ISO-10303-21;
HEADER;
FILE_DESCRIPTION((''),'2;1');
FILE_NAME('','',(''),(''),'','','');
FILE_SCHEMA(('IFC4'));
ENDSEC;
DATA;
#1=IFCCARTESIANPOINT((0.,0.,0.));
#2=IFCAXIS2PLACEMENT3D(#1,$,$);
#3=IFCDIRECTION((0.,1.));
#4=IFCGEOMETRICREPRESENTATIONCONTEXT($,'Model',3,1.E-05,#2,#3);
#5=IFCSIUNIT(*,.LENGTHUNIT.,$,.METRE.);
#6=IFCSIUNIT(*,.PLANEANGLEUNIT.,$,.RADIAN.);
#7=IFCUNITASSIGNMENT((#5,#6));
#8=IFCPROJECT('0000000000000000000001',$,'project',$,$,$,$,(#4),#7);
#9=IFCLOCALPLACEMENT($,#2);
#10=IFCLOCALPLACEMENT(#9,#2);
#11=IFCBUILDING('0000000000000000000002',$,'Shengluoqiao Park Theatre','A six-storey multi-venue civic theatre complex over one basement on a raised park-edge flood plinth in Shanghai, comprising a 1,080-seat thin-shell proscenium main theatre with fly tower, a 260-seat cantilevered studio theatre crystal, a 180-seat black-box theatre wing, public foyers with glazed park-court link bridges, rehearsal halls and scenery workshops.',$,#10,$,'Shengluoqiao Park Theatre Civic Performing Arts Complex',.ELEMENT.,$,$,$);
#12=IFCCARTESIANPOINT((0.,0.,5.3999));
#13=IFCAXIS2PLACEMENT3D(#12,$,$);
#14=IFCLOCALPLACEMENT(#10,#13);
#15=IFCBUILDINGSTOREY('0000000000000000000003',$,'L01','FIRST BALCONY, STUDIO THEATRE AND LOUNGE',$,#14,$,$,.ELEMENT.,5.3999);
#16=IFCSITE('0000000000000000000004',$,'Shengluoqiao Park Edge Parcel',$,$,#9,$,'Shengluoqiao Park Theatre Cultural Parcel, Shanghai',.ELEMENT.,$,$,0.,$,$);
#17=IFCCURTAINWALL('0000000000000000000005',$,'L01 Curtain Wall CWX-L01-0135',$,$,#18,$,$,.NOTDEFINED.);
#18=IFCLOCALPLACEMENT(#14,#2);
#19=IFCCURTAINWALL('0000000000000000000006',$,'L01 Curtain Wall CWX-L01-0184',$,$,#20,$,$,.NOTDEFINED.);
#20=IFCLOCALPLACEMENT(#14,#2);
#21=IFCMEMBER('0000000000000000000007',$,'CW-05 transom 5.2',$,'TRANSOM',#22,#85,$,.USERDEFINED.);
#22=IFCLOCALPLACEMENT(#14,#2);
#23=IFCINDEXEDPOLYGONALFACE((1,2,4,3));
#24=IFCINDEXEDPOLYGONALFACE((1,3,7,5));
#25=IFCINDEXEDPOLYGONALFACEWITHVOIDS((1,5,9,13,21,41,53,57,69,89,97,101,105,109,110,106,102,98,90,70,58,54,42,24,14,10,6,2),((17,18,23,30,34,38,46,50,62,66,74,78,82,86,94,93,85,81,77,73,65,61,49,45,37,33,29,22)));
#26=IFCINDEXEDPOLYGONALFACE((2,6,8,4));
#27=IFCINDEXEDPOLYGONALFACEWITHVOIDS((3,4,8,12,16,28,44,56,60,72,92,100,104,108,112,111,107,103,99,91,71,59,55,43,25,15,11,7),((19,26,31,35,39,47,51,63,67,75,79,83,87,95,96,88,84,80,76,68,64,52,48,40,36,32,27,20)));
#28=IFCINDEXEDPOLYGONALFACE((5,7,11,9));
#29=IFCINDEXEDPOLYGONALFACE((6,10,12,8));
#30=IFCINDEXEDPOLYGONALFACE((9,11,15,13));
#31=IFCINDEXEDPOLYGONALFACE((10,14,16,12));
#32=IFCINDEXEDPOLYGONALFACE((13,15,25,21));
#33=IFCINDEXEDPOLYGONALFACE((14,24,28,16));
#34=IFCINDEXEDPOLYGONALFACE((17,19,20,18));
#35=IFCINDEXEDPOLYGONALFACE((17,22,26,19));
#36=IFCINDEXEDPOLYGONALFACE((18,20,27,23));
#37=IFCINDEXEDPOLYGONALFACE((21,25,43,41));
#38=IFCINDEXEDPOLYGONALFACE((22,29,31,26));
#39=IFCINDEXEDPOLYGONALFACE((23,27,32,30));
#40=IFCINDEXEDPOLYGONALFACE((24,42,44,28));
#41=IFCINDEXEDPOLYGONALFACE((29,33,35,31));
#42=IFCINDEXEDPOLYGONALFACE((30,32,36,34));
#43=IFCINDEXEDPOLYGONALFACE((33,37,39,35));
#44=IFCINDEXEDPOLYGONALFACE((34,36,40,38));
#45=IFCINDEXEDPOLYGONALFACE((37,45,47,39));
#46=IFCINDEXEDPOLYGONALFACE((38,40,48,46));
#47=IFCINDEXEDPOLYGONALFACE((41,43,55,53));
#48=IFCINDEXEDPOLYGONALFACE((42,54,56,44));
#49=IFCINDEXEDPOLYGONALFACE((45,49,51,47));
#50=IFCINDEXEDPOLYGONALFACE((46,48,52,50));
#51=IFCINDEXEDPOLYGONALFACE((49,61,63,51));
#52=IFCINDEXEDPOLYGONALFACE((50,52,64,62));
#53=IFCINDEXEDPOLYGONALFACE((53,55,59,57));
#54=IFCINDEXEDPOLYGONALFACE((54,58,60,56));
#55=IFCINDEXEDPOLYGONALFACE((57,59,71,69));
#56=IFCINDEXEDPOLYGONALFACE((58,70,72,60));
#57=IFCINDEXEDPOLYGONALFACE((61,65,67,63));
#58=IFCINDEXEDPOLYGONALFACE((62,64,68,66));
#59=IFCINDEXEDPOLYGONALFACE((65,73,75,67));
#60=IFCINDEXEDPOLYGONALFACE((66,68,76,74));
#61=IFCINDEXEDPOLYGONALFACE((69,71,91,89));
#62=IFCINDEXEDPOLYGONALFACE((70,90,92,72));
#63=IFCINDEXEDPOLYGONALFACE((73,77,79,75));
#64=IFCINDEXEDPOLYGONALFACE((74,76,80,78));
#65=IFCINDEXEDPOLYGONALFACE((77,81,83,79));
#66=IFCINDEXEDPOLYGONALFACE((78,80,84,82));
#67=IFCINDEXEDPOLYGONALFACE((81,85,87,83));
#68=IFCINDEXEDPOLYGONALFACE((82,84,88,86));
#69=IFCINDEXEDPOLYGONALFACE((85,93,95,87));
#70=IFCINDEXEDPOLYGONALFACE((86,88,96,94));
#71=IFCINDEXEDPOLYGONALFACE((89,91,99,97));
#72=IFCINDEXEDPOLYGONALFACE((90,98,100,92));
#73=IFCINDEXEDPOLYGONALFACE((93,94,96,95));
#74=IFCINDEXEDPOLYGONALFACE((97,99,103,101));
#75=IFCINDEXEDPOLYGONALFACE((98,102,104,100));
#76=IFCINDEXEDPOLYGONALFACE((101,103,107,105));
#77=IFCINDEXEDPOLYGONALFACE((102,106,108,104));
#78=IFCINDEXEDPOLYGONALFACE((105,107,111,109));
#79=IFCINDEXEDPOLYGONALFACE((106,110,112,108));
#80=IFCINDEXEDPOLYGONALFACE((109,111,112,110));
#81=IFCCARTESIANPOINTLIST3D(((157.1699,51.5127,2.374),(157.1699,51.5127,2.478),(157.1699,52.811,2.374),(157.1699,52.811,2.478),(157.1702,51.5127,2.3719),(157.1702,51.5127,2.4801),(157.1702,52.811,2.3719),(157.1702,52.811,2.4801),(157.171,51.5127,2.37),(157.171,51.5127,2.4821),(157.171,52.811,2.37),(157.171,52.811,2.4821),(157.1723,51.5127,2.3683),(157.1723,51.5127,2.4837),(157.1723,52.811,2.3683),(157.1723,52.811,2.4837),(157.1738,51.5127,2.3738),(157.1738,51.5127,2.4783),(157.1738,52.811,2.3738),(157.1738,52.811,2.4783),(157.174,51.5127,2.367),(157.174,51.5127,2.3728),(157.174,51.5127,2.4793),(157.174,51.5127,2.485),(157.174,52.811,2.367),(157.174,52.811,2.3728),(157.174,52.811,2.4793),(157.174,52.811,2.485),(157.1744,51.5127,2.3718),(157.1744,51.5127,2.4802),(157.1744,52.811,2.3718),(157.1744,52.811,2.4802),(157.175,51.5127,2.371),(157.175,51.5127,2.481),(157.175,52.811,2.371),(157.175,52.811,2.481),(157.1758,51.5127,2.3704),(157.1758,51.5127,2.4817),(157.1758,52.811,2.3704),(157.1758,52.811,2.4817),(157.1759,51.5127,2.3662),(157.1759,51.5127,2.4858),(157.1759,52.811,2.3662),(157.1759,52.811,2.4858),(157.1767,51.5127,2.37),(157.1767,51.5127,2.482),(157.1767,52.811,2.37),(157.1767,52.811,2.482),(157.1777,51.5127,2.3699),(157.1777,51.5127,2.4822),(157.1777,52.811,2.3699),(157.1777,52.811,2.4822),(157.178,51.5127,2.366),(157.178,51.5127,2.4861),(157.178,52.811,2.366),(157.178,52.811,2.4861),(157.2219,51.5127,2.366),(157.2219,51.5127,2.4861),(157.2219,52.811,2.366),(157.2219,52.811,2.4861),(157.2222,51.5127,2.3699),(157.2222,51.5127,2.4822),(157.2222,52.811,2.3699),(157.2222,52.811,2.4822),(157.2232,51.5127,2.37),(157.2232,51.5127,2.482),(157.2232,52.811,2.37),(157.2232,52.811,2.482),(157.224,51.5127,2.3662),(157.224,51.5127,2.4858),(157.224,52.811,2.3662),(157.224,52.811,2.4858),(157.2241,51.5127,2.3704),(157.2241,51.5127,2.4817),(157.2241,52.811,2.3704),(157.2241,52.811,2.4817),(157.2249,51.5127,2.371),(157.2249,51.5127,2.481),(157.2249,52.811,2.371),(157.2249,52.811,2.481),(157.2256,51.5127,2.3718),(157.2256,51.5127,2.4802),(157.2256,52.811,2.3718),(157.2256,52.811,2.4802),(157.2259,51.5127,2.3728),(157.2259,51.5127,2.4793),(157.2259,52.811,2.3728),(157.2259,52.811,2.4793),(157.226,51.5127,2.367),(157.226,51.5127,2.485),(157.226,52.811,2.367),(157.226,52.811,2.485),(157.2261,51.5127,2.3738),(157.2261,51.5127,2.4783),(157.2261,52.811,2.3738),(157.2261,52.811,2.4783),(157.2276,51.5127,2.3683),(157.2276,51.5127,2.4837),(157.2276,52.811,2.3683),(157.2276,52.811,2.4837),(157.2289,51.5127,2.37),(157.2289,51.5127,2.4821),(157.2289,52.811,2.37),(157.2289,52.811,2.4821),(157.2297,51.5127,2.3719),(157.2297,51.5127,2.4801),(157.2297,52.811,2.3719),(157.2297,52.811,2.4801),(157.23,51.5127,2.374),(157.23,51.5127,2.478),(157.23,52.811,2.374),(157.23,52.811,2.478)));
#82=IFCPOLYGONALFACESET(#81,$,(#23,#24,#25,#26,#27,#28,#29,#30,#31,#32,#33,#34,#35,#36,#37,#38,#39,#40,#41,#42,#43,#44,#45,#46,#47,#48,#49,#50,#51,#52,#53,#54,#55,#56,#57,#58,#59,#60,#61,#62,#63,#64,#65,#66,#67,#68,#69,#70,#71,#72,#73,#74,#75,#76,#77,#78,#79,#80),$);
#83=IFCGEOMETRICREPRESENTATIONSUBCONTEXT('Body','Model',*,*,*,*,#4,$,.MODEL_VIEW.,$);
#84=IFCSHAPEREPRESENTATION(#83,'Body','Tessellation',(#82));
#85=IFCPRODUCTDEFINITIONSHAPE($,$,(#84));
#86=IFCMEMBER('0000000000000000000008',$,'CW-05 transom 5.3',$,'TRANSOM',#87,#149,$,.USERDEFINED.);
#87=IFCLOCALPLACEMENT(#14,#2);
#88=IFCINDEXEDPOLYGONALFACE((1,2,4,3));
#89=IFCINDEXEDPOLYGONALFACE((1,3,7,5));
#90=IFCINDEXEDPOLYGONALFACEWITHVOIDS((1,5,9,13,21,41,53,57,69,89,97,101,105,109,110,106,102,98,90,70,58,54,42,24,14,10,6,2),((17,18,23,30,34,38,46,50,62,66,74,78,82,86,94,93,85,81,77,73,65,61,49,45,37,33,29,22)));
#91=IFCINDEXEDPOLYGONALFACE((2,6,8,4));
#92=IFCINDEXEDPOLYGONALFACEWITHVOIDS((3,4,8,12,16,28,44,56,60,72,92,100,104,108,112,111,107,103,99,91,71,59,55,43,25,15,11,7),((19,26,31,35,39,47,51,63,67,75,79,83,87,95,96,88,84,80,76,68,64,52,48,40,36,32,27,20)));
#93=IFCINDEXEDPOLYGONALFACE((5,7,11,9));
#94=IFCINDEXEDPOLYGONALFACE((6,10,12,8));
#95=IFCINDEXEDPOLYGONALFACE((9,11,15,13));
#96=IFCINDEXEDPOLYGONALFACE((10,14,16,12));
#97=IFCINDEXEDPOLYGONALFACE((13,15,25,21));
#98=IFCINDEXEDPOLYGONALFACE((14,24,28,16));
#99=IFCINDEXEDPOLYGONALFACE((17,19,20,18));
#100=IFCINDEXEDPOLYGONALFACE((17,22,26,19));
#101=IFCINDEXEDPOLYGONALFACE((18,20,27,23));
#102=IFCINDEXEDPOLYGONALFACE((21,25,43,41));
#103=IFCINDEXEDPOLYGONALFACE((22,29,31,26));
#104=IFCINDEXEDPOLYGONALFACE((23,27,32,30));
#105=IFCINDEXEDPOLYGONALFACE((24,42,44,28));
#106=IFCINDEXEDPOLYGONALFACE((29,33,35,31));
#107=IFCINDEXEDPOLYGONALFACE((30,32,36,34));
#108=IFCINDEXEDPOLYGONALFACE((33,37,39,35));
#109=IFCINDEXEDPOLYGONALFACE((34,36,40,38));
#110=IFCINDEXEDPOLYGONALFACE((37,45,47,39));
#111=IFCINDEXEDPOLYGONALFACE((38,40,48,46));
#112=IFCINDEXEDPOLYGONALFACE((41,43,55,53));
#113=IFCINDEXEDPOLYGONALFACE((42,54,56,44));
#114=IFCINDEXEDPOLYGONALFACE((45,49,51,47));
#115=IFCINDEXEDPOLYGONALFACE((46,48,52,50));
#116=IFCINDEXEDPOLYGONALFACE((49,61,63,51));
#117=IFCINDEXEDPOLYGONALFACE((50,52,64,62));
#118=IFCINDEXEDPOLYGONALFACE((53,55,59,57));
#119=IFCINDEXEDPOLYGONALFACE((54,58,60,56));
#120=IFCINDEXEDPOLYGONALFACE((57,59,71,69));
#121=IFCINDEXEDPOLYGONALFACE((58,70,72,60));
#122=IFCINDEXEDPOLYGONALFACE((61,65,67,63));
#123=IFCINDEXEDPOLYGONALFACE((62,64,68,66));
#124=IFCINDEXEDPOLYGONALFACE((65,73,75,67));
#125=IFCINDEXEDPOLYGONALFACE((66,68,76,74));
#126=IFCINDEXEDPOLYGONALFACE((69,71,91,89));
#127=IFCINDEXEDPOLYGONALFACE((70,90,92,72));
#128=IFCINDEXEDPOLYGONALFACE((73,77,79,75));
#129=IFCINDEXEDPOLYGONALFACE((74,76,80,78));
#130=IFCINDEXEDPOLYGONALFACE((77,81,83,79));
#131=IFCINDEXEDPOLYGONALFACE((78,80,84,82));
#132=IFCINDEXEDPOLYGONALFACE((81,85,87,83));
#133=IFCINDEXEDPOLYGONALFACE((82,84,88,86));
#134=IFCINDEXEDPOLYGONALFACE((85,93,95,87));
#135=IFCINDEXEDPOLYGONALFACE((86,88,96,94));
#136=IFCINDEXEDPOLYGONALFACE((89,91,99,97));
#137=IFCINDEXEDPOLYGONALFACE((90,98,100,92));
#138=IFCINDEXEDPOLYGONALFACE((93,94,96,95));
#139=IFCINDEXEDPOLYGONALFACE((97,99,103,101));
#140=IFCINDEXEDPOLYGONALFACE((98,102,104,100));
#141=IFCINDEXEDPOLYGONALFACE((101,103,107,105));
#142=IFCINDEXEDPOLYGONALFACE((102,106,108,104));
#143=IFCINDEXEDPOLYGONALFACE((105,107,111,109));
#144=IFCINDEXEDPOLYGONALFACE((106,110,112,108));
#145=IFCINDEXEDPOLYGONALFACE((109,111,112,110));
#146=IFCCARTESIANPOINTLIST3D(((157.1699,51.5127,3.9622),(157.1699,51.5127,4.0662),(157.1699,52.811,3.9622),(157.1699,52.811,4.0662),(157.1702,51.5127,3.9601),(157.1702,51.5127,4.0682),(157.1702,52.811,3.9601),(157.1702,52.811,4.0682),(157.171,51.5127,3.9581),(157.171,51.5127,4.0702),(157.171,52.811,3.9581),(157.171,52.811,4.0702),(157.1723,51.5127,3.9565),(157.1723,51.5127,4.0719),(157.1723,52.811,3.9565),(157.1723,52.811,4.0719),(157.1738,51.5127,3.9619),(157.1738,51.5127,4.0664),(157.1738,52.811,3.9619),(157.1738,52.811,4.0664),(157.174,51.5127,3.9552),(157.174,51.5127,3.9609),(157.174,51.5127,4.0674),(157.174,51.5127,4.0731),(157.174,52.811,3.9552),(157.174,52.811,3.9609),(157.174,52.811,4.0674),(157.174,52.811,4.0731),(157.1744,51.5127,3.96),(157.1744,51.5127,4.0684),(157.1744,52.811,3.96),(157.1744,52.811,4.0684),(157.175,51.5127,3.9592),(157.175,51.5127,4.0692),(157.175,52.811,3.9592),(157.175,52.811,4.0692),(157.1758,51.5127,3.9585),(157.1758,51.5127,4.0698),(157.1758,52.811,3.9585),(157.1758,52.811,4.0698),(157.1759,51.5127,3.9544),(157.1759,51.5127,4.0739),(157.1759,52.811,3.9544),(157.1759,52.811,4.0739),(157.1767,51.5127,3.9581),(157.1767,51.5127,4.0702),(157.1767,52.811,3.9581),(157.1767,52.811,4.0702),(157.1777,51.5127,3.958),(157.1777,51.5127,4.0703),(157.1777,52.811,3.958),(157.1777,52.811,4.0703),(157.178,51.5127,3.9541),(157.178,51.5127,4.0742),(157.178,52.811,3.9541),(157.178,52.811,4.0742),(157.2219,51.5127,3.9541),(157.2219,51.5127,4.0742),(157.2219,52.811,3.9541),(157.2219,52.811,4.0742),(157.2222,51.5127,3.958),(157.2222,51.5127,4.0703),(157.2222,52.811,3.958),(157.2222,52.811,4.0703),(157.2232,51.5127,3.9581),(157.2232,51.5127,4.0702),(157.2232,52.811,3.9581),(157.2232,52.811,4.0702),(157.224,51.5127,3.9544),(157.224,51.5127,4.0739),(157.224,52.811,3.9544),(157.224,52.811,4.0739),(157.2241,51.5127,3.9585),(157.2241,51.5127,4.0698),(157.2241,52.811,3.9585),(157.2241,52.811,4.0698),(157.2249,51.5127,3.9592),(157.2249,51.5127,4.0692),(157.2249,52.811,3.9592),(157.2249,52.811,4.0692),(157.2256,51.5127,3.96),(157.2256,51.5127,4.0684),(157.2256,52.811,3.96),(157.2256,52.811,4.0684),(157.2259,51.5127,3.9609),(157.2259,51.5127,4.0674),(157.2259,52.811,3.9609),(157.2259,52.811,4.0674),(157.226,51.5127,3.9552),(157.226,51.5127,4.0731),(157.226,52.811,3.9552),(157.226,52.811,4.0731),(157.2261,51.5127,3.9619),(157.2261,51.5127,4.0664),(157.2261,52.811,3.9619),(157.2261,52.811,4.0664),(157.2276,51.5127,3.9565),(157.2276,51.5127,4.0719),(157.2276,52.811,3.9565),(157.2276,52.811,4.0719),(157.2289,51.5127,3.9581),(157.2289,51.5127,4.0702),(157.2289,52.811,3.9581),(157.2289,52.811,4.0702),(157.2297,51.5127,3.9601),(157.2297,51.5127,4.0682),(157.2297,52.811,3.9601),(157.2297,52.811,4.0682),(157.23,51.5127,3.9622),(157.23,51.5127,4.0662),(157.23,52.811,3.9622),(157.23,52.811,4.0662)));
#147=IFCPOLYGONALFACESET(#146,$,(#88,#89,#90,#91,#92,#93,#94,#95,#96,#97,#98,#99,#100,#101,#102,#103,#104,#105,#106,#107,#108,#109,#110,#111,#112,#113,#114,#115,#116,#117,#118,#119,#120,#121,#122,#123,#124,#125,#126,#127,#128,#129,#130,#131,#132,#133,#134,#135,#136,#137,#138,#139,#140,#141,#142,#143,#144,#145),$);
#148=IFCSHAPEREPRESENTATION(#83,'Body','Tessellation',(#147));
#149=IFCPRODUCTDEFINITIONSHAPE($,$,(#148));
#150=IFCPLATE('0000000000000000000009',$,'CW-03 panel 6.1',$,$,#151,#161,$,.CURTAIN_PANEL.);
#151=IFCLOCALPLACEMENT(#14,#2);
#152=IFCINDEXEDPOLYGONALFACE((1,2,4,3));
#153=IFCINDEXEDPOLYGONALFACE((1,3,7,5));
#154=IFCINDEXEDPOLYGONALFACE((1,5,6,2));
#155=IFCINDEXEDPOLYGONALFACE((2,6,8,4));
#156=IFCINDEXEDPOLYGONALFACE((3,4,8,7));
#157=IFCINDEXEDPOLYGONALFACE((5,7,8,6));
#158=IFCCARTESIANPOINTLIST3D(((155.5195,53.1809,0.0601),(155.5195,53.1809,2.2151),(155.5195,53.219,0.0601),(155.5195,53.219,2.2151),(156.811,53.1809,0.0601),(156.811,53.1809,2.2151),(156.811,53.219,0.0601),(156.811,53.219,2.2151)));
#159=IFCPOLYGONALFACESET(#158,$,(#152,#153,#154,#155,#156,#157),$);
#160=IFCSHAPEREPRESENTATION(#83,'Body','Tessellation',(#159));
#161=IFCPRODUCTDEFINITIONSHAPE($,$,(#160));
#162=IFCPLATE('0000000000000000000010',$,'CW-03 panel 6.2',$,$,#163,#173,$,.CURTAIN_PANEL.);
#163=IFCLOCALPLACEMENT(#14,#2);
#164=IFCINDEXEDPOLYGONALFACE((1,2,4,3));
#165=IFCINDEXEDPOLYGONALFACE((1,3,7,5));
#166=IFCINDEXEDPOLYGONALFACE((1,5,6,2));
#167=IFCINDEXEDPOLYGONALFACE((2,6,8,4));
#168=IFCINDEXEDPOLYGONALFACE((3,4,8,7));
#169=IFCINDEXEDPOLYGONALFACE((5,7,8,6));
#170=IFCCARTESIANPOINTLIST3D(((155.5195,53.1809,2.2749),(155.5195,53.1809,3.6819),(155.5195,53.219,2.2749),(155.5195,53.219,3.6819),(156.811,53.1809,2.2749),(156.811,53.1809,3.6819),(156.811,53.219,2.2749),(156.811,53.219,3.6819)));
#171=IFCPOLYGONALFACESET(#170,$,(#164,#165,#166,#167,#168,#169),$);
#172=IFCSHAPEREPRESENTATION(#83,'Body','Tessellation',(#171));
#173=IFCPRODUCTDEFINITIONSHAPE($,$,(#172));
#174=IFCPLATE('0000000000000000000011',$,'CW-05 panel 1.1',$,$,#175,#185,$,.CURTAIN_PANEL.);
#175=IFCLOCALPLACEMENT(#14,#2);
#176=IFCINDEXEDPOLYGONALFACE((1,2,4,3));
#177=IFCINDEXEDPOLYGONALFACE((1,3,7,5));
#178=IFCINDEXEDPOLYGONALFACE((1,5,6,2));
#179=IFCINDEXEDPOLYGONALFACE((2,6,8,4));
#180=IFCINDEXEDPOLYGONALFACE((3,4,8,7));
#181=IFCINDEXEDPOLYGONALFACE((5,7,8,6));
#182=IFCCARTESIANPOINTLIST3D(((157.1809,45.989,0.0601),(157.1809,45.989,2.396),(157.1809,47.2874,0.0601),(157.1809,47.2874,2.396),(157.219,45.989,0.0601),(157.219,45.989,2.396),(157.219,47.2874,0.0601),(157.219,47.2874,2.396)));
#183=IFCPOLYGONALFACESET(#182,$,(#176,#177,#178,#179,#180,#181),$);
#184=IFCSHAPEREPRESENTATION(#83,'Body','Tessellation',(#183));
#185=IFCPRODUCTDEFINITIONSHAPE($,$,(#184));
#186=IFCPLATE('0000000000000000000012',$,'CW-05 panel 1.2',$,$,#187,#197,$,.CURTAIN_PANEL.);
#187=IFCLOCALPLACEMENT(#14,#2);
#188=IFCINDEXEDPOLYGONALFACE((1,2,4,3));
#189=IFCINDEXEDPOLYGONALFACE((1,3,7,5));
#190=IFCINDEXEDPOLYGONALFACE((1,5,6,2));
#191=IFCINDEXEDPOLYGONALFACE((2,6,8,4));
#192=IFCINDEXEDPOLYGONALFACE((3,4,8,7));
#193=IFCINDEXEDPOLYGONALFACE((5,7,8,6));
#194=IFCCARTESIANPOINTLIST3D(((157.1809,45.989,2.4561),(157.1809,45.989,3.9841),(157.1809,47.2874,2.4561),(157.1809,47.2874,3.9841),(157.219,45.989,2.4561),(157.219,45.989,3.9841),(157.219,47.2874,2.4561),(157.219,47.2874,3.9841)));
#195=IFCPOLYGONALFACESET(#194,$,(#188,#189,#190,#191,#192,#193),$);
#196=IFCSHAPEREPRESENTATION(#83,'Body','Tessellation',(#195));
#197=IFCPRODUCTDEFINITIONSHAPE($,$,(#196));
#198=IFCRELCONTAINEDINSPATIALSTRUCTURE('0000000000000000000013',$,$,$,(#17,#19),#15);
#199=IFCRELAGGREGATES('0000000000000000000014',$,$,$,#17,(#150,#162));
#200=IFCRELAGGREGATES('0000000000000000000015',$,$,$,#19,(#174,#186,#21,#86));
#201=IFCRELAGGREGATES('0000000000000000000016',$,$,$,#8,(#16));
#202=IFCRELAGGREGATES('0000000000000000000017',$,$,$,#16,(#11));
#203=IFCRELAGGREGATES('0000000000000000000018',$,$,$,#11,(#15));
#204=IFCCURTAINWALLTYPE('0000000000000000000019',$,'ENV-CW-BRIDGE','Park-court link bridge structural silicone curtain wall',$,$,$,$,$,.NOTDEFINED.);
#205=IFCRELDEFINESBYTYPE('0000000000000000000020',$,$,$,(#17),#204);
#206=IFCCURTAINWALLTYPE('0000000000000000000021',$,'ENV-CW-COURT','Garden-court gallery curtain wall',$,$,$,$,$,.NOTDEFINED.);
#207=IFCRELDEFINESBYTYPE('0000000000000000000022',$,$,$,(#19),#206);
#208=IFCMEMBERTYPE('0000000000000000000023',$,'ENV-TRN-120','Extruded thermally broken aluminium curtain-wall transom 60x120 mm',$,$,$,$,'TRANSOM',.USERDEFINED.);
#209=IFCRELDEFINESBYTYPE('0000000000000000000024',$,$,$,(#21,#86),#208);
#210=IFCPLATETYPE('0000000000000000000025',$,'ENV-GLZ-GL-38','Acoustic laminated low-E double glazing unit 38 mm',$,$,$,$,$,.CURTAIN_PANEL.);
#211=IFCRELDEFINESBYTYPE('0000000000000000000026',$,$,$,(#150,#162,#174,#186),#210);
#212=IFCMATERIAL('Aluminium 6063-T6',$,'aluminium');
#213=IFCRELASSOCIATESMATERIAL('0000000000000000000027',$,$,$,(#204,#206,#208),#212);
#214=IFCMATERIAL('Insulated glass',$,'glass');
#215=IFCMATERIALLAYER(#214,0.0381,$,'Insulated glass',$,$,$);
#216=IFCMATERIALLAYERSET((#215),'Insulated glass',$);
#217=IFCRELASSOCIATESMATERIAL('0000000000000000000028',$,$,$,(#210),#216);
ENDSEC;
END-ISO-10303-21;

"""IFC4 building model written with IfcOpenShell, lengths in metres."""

from ifc_helpers import new_model, si_unit, direction, frame, origin, origin_2d, place, context, subcontext, project, spatial, rectangle, hollow_rectangle, extrude, material, layer, layer_set, material_profile, profile_set, type_object, element, aggregate, save


model = new_model("IFC4")

# Units and contexts
model_context = context("Model", 3, precision=1e-05, world=origin(), true_north=direction((0.0, 1.0)))
body_context = subcontext(model_context, "Body", "Model", "MODEL_VIEW")
ifc_project = project(units=[si_unit("LENGTHUNIT", "METRE"), si_unit("PLANEANGLEUNIT", "RADIAN")], contexts=[model_context])

# Site, building, storey
site_placement = place(None, origin())
site = spatial("IfcSite", under=ifc_project, at=site_placement, Name="Shengluoqiao Park Edge Parcel", LongName="Shengluoqiao Park Theatre Cultural Parcel, Shanghai", CompositionType="ELEMENT", RefElevation=0.0)
building_placement = place(site_placement, origin())
building = spatial("IfcBuilding", under=site, at=building_placement, Name="Shengluoqiao Park Theatre", Description="A six-storey multi-venue civic theatre complex over one basement on a raised park-edge flood plinth in Shanghai, comprising a 1,080-seat thin-shell proscenium main theatre with fly tower, a 260-seat cantilevered studio theatre crystal, a 180-seat black-box theatre wing, public foyers with glazed park-court link bridges, rehearsal halls and scenery workshops.", LongName="Shengluoqiao Park Theatre Civic Performing Arts Complex", CompositionType="ELEMENT")
storey_placement = place(building_placement, frame((0.0, 0.0, 5.3999)))
storey = spatial("IfcBuildingStorey", under=building, at=storey_placement, Name="L01", Description="FIRST BALCONY, STUDIO THEATRE AND LOUNGE", CompositionType="ELEMENT", Elevation=5.3999)

# Curtain wall
ifc_material_1 = material(Name="Aluminium 6063-T6", Category="aluminium")
curtain_wall_type_1 = type_object("IfcCurtainWallType", Name="ENV-CW-BRIDGE", Description="Park-court link bridge structural silicone curtain wall", PredefinedType="NOTDEFINED", material=ifc_material_1)
curtain_wall_1_placement = place(storey_placement, origin())
curtain_wall_1 = element("IfcCurtainWall", 1, at=curtain_wall_1_placement, inside=storey, type_object=curtain_wall_type_1, Name="L01 Curtain Wall CWX-L01-0135", PredefinedType="NOTDEFINED")

# Curtain wall
curtain_wall_type_2 = type_object("IfcCurtainWallType", Name="ENV-CW-COURT", Description="Garden-court gallery curtain wall", PredefinedType="NOTDEFINED", material=ifc_material_1)
curtain_wall_2_placement = place(storey_placement, origin())
curtain_wall_2 = element("IfcCurtainWall", 2, at=curtain_wall_2_placement, inside=storey, type_object=curtain_wall_type_2, Name="L01 Curtain Wall CWX-L01-0184", PredefinedType="NOTDEFINED")

# Members
ifc_material_profile_1 = material_profile(ifc_material_1, hollow_rectangle(XDim=0.0601, YDim=0.1201, WallThickness=0.0039, InnerFilletRadius=0.0039, OuterFilletRadius=0.0081, at=origin_2d()), Name="ALU TRANSOM 120x60x4")
ifc_profile_set_1 = profile_set([ifc_material_profile_1], Name="Aluminium 6063-T6")
member_type_1 = type_object("IfcMemberType", Name="ENV-TRN-120", Description="Extruded thermally broken aluminium curtain-wall transom 60x120 mm", ElementType="TRANSOM", PredefinedType="USERDEFINED", material=ifc_profile_set_1)
member_1_placement = place(storey_placement, frame((157.2, 51.5127, 2.426), z_axis=(0.0, 1.0, 0.0), x_axis=(-1.0, 0.0, 0.0)))
member_1 = element("IfcMember", 3, at=member_1_placement, type_object=member_type_1, Name="CW-05 transom 5.2", ObjectType="TRANSOM", PredefinedType="USERDEFINED", context=body_context, shape_type="SweptSolid", body=[
    extrude(hollow_rectangle(XDim=0.0601, YDim=0.1201, WallThickness=0.0039, InnerFilletRadius=0.0039, OuterFilletRadius=0.0081, at=origin_2d()), origin(), (0.0, 0.0, 1.0), 1.2983),
])
member_2_placement = place(storey_placement, frame((157.2, 51.5127, 4.0142), z_axis=(0.0, 1.0, 0.0), x_axis=(-1.0, 0.0, 0.0)))
member_2 = element("IfcMember", 4, at=member_2_placement, type_object=member_type_1, Name="CW-05 transom 5.3", ObjectType="TRANSOM", PredefinedType="USERDEFINED", context=body_context, shape_type="SweptSolid", body=[
    extrude(hollow_rectangle(XDim=0.0601, YDim=0.1201, WallThickness=0.0039, InnerFilletRadius=0.0039, OuterFilletRadius=0.0081, at=origin_2d()), origin(), (0.0, 0.0, 1.0), 1.2983),
])

# Plates
ifc_material_2 = material(Name="Insulated glass", Category="glass")
ifc_layer = layer(ifc_material_2, 0.0381, Name="Insulated glass")
ifc_layer_set = layer_set([ifc_layer], Name="Insulated glass")
plate_type = type_object("IfcPlateType", Name="ENV-GLZ-GL-38", Description="Acoustic laminated low-E double glazing unit 38 mm", PredefinedType="CURTAIN_PANEL", material=ifc_layer_set)
plate_1_placement = place(storey_placement, frame((156.1653, 53.2, 0.0601), z_axis=(0.0, 0.0, 1.0), x_axis=(1.0, 0.0, 0.0)))
plate_1 = element("IfcPlate", 5, at=plate_1_placement, type_object=plate_type, Name="CW-03 panel 6.1", PredefinedType="CURTAIN_PANEL", context=body_context, shape_type="SweptSolid", body=[
    extrude(rectangle(XDim=1.2915, YDim=0.0381, at=origin_2d()), origin(), (0.0, 0.0, 1.0), 2.155),
])
plate_2_placement = place(storey_placement, frame((156.1653, 53.2, 2.2749), z_axis=(0.0, 0.0, 1.0), x_axis=(1.0, 0.0, 0.0)))
plate_2 = element("IfcPlate", 6, at=plate_2_placement, type_object=plate_type, Name="CW-03 panel 6.2", PredefinedType="CURTAIN_PANEL", context=body_context, shape_type="SweptSolid", body=[
    extrude(rectangle(XDim=1.2915, YDim=0.0381, at=origin_2d()), origin(), (0.0, 0.0, 1.0), 1.407),
])
aggregate(curtain_wall_1, [plate_1, plate_2])
plate_3_placement = place(storey_placement, frame((157.2, 46.6382, 0.0601), z_axis=(0.0, 0.0, 1.0), x_axis=(0.0, 1.0, 0.0)))
plate_3 = element("IfcPlate", 7, at=plate_3_placement, type_object=plate_type, Name="CW-05 panel 1.1", PredefinedType="CURTAIN_PANEL", context=body_context, shape_type="SweptSolid", body=[
    extrude(rectangle(XDim=1.2983, YDim=0.0381, at=origin_2d()), origin(), (0.0, 0.0, 1.0), 2.3359),
])
plate_4_placement = place(storey_placement, frame((157.2, 46.6382, 2.4561), z_axis=(0.0, 0.0, 1.0), x_axis=(0.0, 1.0, 0.0)))
plate_4 = element("IfcPlate", 8, at=plate_4_placement, type_object=plate_type, Name="CW-05 panel 1.2", PredefinedType="CURTAIN_PANEL", context=body_context, shape_type="SweptSolid", body=[
    extrude(rectangle(XDim=1.2983, YDim=0.0381, at=origin_2d()), origin(), (0.0, 0.0, 1.0), 1.5281),
])
aggregate(curtain_wall_2, [plate_3, plate_4, member_1, member_2])

save(model, "model.ifc")
